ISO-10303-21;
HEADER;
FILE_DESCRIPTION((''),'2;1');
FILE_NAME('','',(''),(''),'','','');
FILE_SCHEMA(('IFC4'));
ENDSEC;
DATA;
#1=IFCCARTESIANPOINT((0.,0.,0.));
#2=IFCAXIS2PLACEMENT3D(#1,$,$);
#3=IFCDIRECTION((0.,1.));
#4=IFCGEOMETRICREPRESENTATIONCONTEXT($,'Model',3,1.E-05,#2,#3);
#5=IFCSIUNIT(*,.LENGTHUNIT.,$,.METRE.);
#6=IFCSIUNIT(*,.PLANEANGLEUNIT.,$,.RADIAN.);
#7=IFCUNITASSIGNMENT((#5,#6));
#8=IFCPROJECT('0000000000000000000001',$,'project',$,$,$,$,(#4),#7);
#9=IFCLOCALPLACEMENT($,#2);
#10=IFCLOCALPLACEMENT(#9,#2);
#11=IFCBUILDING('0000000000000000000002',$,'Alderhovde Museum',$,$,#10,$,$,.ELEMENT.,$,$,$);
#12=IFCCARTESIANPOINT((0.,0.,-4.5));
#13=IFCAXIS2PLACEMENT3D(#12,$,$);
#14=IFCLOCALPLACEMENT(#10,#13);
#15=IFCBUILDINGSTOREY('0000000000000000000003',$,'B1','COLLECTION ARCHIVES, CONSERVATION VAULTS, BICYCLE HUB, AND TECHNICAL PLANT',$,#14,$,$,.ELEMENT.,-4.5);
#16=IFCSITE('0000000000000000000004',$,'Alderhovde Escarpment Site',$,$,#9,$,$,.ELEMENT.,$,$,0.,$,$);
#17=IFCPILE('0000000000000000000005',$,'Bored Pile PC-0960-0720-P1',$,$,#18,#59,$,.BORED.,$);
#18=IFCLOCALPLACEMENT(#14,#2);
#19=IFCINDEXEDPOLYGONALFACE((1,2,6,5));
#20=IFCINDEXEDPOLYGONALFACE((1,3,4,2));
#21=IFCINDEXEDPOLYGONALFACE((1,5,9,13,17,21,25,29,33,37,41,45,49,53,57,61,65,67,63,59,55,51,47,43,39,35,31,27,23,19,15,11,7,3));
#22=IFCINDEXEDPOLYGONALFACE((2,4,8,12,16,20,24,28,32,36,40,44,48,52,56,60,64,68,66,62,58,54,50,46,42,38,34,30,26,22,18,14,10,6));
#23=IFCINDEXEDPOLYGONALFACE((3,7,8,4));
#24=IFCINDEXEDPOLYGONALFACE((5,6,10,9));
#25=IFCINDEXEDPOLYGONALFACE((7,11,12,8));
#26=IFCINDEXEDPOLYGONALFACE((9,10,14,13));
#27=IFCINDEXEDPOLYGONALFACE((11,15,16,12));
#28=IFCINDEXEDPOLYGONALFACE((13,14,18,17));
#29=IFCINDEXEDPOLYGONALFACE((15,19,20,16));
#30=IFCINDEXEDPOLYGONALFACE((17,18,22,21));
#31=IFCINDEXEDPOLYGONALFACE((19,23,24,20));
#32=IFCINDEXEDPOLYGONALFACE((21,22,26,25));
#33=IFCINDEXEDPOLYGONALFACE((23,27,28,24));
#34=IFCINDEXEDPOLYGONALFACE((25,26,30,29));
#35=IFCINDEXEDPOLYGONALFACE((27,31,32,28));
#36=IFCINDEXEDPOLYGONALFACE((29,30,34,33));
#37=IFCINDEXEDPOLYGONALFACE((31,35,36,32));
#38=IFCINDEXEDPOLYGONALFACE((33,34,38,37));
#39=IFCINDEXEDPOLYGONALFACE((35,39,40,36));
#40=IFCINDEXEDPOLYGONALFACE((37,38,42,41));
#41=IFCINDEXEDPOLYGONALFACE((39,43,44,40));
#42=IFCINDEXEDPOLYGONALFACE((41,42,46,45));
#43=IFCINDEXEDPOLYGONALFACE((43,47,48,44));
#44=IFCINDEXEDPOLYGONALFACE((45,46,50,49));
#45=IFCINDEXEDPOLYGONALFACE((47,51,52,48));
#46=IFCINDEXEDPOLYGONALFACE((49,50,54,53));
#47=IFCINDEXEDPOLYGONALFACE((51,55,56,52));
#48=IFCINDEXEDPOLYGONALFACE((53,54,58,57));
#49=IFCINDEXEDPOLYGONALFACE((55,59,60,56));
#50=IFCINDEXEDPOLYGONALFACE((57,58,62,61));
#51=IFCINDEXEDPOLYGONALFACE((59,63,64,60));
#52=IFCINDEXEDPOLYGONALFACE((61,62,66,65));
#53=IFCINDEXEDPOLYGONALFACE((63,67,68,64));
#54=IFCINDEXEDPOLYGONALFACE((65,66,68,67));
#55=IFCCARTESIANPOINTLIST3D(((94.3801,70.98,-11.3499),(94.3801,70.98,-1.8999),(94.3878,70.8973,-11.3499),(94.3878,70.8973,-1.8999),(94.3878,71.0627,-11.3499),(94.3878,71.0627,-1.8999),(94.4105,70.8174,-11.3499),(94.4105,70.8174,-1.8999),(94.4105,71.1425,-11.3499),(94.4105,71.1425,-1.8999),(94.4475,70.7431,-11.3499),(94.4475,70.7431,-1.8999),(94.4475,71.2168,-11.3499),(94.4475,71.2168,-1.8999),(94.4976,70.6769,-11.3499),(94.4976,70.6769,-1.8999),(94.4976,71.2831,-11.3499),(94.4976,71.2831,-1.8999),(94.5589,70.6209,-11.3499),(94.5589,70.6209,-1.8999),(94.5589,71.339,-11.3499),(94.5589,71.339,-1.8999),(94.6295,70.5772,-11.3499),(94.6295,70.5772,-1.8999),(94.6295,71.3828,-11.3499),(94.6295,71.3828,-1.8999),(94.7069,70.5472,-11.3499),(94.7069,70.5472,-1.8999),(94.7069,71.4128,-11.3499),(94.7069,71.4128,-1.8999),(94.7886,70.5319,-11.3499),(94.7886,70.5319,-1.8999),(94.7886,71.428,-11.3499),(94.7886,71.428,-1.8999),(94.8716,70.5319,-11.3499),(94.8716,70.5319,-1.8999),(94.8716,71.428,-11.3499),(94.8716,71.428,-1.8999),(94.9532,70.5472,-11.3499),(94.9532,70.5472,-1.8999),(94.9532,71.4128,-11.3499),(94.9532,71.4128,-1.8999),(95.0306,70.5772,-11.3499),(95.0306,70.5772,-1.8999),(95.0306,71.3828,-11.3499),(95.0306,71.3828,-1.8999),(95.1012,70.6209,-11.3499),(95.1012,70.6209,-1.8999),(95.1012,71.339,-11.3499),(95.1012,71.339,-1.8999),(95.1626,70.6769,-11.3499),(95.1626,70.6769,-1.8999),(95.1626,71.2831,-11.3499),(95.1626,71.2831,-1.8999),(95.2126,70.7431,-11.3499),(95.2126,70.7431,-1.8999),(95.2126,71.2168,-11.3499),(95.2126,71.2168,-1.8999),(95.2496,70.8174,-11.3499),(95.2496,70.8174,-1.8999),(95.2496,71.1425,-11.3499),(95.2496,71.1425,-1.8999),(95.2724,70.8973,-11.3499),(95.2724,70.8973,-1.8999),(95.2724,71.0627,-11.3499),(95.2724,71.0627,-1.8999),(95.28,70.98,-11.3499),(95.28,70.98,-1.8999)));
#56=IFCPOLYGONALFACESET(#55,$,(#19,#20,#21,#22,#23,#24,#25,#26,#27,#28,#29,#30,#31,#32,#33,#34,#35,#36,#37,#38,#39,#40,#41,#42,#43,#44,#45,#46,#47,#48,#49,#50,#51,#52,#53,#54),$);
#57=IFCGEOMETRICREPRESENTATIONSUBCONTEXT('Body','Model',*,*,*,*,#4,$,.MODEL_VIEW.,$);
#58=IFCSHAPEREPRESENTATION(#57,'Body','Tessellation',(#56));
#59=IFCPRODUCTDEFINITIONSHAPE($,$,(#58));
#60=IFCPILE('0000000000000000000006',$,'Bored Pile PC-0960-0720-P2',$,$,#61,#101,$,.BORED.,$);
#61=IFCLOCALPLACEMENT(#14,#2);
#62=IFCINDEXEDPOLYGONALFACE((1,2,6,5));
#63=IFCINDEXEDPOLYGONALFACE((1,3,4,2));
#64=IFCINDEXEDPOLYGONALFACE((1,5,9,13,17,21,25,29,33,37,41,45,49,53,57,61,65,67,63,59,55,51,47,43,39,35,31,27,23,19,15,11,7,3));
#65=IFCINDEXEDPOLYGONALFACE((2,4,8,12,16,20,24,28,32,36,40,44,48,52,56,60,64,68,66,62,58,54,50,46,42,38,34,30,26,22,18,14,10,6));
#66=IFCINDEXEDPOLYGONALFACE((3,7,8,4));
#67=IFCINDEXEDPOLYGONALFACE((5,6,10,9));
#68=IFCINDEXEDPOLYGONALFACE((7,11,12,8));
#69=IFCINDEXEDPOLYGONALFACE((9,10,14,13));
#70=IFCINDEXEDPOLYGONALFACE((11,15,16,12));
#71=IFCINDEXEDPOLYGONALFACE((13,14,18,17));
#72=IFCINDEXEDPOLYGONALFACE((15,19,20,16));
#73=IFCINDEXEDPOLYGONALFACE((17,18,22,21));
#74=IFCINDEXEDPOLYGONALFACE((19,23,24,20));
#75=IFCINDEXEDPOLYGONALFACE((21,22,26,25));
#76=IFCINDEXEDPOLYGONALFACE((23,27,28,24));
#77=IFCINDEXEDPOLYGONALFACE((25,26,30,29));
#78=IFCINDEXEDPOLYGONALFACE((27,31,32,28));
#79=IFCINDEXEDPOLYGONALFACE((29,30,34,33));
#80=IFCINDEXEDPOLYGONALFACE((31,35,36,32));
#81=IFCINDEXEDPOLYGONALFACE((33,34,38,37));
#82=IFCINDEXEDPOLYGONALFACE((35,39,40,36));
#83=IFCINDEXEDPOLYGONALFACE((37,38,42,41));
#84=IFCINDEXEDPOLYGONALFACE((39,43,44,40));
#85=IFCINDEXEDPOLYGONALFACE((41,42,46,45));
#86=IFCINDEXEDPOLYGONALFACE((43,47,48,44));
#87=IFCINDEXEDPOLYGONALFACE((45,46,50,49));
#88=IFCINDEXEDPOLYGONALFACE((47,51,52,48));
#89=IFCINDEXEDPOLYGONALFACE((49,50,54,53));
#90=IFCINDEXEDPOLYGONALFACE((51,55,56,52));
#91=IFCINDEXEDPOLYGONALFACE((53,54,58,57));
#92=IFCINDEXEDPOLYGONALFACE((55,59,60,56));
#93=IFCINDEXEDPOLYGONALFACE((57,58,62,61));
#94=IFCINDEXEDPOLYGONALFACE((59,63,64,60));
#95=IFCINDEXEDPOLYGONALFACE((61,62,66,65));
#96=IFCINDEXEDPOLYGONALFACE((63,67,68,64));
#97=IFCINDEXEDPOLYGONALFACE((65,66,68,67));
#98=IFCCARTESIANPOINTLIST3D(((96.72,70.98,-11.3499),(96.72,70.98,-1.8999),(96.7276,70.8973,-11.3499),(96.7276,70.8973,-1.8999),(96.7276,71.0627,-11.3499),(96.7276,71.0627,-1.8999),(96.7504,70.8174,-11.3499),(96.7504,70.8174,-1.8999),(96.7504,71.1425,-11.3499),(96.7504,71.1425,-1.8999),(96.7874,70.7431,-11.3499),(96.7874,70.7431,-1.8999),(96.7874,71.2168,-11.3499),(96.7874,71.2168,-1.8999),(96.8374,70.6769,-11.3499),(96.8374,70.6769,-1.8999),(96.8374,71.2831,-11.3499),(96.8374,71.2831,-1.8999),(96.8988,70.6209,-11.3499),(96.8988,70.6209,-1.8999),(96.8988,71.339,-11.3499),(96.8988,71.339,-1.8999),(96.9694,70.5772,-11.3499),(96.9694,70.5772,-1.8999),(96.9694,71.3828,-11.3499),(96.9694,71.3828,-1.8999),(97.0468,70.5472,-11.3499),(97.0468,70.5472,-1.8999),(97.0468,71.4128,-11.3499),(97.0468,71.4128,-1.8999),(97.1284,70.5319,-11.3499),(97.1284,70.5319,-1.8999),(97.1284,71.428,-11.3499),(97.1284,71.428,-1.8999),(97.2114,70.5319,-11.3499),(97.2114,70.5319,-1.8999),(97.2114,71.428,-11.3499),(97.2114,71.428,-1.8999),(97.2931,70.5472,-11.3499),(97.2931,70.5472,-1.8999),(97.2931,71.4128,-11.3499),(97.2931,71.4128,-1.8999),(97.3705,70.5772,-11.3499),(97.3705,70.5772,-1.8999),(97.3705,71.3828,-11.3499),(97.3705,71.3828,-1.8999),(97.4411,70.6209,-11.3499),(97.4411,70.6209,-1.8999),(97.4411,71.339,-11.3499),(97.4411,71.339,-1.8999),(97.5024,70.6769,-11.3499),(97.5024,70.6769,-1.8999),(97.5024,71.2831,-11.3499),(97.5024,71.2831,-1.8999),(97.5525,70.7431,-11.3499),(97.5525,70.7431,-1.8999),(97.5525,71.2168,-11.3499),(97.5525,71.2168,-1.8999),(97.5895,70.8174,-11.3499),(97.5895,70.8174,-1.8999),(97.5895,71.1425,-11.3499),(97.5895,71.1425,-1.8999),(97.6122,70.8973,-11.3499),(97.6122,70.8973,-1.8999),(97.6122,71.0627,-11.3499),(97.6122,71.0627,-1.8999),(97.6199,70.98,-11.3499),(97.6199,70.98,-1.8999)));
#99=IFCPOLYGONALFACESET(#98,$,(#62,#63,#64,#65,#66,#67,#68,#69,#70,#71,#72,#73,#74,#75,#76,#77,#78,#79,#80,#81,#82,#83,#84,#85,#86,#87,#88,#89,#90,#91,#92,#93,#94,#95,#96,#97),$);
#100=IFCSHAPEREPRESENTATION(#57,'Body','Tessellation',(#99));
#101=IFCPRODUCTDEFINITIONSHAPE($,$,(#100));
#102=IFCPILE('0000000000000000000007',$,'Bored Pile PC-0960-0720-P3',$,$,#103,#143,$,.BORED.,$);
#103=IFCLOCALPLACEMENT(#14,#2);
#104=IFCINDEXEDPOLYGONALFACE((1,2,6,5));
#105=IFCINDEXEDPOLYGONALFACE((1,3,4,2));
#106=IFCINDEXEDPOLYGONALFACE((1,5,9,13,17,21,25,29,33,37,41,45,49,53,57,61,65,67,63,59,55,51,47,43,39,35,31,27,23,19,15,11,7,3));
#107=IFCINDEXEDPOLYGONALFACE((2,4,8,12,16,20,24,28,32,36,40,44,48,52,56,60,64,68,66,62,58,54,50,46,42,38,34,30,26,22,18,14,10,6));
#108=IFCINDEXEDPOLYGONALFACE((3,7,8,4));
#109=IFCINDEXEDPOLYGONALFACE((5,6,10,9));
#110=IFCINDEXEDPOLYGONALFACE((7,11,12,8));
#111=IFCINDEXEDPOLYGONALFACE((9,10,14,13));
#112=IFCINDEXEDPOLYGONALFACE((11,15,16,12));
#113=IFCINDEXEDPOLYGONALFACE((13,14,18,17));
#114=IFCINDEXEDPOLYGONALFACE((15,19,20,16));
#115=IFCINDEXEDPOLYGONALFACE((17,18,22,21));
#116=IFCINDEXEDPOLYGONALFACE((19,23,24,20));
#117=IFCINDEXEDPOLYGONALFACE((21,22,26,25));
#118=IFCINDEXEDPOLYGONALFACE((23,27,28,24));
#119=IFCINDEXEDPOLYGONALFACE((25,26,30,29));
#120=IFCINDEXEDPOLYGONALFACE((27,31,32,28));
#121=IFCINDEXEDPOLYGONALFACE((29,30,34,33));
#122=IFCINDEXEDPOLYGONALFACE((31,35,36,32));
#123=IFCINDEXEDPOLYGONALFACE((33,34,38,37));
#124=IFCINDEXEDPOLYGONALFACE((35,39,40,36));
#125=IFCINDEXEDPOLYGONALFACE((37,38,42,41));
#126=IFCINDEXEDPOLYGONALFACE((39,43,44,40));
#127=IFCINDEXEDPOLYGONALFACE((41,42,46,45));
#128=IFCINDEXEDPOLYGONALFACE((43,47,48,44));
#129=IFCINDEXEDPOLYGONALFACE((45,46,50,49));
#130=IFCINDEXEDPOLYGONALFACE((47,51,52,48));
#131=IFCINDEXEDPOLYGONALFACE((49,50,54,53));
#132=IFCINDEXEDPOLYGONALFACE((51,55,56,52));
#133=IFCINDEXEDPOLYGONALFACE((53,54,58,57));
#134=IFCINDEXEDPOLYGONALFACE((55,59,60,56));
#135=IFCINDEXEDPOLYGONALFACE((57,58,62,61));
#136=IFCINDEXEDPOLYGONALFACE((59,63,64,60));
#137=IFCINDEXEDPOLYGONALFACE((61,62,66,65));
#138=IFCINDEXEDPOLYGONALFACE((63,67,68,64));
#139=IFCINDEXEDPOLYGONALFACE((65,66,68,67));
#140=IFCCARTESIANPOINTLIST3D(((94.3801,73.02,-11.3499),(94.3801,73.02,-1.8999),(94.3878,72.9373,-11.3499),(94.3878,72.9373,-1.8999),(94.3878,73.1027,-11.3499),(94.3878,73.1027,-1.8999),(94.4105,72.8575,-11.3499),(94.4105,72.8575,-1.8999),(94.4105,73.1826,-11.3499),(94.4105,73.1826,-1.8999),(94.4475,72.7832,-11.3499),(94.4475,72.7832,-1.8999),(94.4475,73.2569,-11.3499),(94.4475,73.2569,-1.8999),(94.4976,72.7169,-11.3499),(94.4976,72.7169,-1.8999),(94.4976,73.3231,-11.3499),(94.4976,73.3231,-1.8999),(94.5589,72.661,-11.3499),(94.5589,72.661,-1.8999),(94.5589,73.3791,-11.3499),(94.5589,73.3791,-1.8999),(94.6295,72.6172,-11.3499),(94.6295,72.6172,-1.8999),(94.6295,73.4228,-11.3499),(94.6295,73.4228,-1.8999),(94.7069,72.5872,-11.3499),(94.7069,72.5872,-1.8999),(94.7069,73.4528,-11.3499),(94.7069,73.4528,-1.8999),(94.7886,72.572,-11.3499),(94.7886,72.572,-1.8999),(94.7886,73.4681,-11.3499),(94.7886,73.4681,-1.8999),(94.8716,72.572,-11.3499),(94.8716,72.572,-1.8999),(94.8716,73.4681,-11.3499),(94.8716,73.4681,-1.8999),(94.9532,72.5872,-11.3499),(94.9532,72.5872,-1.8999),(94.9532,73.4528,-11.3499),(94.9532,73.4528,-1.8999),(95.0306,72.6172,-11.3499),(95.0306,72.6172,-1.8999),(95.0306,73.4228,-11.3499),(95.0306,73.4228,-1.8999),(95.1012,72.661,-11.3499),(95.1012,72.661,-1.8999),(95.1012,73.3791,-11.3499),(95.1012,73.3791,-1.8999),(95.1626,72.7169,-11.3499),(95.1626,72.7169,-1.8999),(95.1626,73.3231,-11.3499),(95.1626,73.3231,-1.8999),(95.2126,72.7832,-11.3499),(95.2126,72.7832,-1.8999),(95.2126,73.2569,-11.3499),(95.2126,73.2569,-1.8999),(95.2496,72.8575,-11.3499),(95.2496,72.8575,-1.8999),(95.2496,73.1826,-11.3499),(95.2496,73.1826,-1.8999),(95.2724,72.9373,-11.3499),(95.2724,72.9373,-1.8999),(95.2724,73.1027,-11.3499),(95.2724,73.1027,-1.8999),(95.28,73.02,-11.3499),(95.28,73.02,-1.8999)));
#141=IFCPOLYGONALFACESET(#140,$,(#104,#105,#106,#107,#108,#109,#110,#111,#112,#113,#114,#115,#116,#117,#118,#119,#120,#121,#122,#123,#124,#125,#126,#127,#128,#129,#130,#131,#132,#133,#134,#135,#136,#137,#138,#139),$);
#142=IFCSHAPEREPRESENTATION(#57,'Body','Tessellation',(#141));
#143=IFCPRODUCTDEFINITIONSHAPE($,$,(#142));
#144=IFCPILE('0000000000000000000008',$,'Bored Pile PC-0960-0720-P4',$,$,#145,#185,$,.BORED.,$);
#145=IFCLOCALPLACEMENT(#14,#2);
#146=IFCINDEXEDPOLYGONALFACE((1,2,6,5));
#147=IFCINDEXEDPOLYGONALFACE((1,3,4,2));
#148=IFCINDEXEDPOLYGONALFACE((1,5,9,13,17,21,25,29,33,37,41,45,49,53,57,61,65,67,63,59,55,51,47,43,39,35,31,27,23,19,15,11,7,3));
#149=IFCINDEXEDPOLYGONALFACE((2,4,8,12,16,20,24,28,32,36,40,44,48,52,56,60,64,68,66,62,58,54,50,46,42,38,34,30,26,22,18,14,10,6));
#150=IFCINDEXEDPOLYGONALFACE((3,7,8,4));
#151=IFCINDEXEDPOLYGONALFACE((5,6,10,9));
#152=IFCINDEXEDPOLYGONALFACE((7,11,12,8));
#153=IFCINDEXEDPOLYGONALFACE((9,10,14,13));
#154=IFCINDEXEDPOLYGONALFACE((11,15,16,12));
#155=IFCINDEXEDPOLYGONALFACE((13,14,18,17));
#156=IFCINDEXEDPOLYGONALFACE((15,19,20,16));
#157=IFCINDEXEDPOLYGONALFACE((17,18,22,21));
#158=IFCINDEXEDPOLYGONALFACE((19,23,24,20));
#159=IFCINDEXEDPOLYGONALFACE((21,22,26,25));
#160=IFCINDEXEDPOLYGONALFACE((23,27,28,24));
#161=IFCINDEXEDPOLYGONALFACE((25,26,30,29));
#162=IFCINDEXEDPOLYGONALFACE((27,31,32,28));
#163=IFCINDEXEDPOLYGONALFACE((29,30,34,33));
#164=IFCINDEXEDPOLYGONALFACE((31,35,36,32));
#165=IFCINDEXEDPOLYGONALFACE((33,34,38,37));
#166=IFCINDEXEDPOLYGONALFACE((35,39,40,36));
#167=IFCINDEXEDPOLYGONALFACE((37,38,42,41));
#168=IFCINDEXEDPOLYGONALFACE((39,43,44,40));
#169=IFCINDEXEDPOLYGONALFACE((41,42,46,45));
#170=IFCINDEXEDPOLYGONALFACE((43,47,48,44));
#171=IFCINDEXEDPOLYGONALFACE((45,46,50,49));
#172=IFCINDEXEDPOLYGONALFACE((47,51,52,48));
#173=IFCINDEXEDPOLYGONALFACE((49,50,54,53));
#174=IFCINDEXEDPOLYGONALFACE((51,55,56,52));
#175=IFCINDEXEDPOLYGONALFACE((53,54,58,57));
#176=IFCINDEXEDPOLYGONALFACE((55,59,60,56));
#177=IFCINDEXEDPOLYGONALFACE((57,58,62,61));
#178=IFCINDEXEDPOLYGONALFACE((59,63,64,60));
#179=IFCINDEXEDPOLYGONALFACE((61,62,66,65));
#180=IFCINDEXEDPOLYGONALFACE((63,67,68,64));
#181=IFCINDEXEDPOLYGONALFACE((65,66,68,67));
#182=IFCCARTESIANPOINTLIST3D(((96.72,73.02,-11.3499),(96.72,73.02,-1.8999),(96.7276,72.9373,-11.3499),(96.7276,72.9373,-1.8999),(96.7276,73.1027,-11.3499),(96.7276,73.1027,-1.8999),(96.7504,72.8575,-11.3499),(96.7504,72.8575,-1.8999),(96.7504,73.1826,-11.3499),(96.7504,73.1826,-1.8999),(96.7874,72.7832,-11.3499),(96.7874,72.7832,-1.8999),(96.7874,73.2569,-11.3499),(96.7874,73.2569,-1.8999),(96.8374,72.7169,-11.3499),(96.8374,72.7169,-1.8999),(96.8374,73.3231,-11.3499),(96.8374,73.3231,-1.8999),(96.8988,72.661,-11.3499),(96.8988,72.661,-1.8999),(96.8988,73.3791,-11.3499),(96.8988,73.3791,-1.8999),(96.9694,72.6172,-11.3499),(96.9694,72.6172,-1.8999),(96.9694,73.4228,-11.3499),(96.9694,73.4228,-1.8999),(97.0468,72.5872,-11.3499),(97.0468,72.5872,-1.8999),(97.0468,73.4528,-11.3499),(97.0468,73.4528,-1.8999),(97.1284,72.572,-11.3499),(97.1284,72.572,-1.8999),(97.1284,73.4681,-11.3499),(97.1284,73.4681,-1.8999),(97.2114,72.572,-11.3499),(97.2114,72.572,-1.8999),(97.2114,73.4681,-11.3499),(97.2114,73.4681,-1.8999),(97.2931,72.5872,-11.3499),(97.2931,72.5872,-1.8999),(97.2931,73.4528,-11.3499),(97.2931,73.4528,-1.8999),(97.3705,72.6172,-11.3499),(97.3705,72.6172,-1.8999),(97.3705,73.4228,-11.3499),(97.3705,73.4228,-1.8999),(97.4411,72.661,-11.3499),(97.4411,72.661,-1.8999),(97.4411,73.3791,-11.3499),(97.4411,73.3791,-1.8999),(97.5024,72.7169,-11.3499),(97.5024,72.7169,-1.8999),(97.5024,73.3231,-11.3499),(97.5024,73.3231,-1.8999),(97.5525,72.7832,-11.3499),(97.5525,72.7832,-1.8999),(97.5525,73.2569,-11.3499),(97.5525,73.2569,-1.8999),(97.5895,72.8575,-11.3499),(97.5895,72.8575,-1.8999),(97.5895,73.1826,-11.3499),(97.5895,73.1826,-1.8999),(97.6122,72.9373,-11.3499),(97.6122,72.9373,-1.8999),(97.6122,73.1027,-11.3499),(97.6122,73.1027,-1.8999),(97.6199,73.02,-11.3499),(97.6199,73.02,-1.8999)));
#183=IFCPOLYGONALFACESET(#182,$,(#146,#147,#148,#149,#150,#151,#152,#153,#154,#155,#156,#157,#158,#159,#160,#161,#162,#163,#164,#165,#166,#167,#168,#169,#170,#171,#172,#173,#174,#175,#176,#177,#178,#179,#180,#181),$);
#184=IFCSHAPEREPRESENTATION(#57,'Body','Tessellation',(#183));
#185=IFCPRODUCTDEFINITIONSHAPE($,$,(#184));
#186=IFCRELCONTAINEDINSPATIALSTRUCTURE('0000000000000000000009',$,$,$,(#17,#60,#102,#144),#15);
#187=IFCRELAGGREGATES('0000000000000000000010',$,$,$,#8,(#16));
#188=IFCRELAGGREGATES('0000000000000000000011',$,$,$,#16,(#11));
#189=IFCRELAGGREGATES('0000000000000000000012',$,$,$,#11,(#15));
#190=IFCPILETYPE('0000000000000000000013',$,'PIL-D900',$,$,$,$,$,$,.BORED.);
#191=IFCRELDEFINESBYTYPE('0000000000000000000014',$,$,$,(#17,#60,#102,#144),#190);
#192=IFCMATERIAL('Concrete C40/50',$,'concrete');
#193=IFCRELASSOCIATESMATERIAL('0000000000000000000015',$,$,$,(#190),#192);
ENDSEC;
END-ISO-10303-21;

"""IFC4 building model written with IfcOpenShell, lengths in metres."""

from ifc_helpers import new_model, si_unit, direction, frame, origin, origin_2d, place, context, subcontext, project, spatial, circle, extrude, material, material_profile, profile_set, type_object, element, save


model = new_model("IFC4")

# Units and contexts
model_context = context("Model", 3, precision=1e-05, world=origin(), true_north=direction((0.0, 1.0)))
body_context = subcontext(model_context, "Body", "Model", "MODEL_VIEW")
ifc_project = project(units=[si_unit("LENGTHUNIT", "METRE"), si_unit("PLANEANGLEUNIT", "RADIAN")], contexts=[model_context])

# Site, building, storey
site_placement = place(None, origin())
site = spatial("IfcSite", under=ifc_project, at=site_placement, Name="Alderhovde Escarpment Site", CompositionType="ELEMENT", RefElevation=0.0)
building_placement = place(site_placement, origin())
building = spatial("IfcBuilding", under=site, at=building_placement, Name="Alderhovde Museum", CompositionType="ELEMENT")
storey_placement = place(building_placement, frame((0.0, 0.0, -4.5)))
storey = spatial("IfcBuildingStorey", under=building, at=storey_placement, Name="B1", Description="COLLECTION ARCHIVES, CONSERVATION VAULTS, BICYCLE HUB, AND TECHNICAL PLANT", CompositionType="ELEMENT", Elevation=-4.5)

# Piles
ifc_material_1 = material(Name="Concrete C40/50", Category="concrete")
ifc_material_profile_1 = material_profile(ifc_material_1, circle(Radius=0.45, at=origin_2d()), Name="PILE-D900")
ifc_profile_set_1 = profile_set([ifc_material_profile_1], Name="Concrete C40/50")
pile_type_1 = type_object("IfcPileType", Name="PIL-D900", PredefinedType="BORED", material=ifc_profile_set_1)
for number, where, z_axis, x_axis, name in (
    (1, (94.8301, 70.98, -1.8999), (0.0, 0.0, -1.0), (1.0, 0.0, 0.0), "Bored Pile PC-0960-0720-P1"),
    (2, (97.1699, 70.98, -1.8999), (0.0, 0.0, -1.0), (1.0, 0.0, 0.0), "Bored Pile PC-0960-0720-P2"),
    (3, (94.8301, 73.02, -1.8999), (0.0, 0.0, -1.0), (1.0, 0.0, 0.0), "Bored Pile PC-0960-0720-P3"),
    (4, (97.1699, 73.02, -1.8999), (0.0, 0.0, -1.0), (1.0, 0.0, 0.0), "Bored Pile PC-0960-0720-P4"),
):
    element("IfcPile", number, at=place(storey_placement, frame(where, z_axis=z_axis, x_axis=x_axis)), inside=storey, type_object=pile_type_1, Name=name, PredefinedType="BORED", context=body_context, shape_type="SweptSolid", body=[
        extrude(circle(Radius=0.45, at=origin_2d()), origin(), (0.0, 0.0, 1.0), 9.45),
    ])

save(model, "model.ifc")
